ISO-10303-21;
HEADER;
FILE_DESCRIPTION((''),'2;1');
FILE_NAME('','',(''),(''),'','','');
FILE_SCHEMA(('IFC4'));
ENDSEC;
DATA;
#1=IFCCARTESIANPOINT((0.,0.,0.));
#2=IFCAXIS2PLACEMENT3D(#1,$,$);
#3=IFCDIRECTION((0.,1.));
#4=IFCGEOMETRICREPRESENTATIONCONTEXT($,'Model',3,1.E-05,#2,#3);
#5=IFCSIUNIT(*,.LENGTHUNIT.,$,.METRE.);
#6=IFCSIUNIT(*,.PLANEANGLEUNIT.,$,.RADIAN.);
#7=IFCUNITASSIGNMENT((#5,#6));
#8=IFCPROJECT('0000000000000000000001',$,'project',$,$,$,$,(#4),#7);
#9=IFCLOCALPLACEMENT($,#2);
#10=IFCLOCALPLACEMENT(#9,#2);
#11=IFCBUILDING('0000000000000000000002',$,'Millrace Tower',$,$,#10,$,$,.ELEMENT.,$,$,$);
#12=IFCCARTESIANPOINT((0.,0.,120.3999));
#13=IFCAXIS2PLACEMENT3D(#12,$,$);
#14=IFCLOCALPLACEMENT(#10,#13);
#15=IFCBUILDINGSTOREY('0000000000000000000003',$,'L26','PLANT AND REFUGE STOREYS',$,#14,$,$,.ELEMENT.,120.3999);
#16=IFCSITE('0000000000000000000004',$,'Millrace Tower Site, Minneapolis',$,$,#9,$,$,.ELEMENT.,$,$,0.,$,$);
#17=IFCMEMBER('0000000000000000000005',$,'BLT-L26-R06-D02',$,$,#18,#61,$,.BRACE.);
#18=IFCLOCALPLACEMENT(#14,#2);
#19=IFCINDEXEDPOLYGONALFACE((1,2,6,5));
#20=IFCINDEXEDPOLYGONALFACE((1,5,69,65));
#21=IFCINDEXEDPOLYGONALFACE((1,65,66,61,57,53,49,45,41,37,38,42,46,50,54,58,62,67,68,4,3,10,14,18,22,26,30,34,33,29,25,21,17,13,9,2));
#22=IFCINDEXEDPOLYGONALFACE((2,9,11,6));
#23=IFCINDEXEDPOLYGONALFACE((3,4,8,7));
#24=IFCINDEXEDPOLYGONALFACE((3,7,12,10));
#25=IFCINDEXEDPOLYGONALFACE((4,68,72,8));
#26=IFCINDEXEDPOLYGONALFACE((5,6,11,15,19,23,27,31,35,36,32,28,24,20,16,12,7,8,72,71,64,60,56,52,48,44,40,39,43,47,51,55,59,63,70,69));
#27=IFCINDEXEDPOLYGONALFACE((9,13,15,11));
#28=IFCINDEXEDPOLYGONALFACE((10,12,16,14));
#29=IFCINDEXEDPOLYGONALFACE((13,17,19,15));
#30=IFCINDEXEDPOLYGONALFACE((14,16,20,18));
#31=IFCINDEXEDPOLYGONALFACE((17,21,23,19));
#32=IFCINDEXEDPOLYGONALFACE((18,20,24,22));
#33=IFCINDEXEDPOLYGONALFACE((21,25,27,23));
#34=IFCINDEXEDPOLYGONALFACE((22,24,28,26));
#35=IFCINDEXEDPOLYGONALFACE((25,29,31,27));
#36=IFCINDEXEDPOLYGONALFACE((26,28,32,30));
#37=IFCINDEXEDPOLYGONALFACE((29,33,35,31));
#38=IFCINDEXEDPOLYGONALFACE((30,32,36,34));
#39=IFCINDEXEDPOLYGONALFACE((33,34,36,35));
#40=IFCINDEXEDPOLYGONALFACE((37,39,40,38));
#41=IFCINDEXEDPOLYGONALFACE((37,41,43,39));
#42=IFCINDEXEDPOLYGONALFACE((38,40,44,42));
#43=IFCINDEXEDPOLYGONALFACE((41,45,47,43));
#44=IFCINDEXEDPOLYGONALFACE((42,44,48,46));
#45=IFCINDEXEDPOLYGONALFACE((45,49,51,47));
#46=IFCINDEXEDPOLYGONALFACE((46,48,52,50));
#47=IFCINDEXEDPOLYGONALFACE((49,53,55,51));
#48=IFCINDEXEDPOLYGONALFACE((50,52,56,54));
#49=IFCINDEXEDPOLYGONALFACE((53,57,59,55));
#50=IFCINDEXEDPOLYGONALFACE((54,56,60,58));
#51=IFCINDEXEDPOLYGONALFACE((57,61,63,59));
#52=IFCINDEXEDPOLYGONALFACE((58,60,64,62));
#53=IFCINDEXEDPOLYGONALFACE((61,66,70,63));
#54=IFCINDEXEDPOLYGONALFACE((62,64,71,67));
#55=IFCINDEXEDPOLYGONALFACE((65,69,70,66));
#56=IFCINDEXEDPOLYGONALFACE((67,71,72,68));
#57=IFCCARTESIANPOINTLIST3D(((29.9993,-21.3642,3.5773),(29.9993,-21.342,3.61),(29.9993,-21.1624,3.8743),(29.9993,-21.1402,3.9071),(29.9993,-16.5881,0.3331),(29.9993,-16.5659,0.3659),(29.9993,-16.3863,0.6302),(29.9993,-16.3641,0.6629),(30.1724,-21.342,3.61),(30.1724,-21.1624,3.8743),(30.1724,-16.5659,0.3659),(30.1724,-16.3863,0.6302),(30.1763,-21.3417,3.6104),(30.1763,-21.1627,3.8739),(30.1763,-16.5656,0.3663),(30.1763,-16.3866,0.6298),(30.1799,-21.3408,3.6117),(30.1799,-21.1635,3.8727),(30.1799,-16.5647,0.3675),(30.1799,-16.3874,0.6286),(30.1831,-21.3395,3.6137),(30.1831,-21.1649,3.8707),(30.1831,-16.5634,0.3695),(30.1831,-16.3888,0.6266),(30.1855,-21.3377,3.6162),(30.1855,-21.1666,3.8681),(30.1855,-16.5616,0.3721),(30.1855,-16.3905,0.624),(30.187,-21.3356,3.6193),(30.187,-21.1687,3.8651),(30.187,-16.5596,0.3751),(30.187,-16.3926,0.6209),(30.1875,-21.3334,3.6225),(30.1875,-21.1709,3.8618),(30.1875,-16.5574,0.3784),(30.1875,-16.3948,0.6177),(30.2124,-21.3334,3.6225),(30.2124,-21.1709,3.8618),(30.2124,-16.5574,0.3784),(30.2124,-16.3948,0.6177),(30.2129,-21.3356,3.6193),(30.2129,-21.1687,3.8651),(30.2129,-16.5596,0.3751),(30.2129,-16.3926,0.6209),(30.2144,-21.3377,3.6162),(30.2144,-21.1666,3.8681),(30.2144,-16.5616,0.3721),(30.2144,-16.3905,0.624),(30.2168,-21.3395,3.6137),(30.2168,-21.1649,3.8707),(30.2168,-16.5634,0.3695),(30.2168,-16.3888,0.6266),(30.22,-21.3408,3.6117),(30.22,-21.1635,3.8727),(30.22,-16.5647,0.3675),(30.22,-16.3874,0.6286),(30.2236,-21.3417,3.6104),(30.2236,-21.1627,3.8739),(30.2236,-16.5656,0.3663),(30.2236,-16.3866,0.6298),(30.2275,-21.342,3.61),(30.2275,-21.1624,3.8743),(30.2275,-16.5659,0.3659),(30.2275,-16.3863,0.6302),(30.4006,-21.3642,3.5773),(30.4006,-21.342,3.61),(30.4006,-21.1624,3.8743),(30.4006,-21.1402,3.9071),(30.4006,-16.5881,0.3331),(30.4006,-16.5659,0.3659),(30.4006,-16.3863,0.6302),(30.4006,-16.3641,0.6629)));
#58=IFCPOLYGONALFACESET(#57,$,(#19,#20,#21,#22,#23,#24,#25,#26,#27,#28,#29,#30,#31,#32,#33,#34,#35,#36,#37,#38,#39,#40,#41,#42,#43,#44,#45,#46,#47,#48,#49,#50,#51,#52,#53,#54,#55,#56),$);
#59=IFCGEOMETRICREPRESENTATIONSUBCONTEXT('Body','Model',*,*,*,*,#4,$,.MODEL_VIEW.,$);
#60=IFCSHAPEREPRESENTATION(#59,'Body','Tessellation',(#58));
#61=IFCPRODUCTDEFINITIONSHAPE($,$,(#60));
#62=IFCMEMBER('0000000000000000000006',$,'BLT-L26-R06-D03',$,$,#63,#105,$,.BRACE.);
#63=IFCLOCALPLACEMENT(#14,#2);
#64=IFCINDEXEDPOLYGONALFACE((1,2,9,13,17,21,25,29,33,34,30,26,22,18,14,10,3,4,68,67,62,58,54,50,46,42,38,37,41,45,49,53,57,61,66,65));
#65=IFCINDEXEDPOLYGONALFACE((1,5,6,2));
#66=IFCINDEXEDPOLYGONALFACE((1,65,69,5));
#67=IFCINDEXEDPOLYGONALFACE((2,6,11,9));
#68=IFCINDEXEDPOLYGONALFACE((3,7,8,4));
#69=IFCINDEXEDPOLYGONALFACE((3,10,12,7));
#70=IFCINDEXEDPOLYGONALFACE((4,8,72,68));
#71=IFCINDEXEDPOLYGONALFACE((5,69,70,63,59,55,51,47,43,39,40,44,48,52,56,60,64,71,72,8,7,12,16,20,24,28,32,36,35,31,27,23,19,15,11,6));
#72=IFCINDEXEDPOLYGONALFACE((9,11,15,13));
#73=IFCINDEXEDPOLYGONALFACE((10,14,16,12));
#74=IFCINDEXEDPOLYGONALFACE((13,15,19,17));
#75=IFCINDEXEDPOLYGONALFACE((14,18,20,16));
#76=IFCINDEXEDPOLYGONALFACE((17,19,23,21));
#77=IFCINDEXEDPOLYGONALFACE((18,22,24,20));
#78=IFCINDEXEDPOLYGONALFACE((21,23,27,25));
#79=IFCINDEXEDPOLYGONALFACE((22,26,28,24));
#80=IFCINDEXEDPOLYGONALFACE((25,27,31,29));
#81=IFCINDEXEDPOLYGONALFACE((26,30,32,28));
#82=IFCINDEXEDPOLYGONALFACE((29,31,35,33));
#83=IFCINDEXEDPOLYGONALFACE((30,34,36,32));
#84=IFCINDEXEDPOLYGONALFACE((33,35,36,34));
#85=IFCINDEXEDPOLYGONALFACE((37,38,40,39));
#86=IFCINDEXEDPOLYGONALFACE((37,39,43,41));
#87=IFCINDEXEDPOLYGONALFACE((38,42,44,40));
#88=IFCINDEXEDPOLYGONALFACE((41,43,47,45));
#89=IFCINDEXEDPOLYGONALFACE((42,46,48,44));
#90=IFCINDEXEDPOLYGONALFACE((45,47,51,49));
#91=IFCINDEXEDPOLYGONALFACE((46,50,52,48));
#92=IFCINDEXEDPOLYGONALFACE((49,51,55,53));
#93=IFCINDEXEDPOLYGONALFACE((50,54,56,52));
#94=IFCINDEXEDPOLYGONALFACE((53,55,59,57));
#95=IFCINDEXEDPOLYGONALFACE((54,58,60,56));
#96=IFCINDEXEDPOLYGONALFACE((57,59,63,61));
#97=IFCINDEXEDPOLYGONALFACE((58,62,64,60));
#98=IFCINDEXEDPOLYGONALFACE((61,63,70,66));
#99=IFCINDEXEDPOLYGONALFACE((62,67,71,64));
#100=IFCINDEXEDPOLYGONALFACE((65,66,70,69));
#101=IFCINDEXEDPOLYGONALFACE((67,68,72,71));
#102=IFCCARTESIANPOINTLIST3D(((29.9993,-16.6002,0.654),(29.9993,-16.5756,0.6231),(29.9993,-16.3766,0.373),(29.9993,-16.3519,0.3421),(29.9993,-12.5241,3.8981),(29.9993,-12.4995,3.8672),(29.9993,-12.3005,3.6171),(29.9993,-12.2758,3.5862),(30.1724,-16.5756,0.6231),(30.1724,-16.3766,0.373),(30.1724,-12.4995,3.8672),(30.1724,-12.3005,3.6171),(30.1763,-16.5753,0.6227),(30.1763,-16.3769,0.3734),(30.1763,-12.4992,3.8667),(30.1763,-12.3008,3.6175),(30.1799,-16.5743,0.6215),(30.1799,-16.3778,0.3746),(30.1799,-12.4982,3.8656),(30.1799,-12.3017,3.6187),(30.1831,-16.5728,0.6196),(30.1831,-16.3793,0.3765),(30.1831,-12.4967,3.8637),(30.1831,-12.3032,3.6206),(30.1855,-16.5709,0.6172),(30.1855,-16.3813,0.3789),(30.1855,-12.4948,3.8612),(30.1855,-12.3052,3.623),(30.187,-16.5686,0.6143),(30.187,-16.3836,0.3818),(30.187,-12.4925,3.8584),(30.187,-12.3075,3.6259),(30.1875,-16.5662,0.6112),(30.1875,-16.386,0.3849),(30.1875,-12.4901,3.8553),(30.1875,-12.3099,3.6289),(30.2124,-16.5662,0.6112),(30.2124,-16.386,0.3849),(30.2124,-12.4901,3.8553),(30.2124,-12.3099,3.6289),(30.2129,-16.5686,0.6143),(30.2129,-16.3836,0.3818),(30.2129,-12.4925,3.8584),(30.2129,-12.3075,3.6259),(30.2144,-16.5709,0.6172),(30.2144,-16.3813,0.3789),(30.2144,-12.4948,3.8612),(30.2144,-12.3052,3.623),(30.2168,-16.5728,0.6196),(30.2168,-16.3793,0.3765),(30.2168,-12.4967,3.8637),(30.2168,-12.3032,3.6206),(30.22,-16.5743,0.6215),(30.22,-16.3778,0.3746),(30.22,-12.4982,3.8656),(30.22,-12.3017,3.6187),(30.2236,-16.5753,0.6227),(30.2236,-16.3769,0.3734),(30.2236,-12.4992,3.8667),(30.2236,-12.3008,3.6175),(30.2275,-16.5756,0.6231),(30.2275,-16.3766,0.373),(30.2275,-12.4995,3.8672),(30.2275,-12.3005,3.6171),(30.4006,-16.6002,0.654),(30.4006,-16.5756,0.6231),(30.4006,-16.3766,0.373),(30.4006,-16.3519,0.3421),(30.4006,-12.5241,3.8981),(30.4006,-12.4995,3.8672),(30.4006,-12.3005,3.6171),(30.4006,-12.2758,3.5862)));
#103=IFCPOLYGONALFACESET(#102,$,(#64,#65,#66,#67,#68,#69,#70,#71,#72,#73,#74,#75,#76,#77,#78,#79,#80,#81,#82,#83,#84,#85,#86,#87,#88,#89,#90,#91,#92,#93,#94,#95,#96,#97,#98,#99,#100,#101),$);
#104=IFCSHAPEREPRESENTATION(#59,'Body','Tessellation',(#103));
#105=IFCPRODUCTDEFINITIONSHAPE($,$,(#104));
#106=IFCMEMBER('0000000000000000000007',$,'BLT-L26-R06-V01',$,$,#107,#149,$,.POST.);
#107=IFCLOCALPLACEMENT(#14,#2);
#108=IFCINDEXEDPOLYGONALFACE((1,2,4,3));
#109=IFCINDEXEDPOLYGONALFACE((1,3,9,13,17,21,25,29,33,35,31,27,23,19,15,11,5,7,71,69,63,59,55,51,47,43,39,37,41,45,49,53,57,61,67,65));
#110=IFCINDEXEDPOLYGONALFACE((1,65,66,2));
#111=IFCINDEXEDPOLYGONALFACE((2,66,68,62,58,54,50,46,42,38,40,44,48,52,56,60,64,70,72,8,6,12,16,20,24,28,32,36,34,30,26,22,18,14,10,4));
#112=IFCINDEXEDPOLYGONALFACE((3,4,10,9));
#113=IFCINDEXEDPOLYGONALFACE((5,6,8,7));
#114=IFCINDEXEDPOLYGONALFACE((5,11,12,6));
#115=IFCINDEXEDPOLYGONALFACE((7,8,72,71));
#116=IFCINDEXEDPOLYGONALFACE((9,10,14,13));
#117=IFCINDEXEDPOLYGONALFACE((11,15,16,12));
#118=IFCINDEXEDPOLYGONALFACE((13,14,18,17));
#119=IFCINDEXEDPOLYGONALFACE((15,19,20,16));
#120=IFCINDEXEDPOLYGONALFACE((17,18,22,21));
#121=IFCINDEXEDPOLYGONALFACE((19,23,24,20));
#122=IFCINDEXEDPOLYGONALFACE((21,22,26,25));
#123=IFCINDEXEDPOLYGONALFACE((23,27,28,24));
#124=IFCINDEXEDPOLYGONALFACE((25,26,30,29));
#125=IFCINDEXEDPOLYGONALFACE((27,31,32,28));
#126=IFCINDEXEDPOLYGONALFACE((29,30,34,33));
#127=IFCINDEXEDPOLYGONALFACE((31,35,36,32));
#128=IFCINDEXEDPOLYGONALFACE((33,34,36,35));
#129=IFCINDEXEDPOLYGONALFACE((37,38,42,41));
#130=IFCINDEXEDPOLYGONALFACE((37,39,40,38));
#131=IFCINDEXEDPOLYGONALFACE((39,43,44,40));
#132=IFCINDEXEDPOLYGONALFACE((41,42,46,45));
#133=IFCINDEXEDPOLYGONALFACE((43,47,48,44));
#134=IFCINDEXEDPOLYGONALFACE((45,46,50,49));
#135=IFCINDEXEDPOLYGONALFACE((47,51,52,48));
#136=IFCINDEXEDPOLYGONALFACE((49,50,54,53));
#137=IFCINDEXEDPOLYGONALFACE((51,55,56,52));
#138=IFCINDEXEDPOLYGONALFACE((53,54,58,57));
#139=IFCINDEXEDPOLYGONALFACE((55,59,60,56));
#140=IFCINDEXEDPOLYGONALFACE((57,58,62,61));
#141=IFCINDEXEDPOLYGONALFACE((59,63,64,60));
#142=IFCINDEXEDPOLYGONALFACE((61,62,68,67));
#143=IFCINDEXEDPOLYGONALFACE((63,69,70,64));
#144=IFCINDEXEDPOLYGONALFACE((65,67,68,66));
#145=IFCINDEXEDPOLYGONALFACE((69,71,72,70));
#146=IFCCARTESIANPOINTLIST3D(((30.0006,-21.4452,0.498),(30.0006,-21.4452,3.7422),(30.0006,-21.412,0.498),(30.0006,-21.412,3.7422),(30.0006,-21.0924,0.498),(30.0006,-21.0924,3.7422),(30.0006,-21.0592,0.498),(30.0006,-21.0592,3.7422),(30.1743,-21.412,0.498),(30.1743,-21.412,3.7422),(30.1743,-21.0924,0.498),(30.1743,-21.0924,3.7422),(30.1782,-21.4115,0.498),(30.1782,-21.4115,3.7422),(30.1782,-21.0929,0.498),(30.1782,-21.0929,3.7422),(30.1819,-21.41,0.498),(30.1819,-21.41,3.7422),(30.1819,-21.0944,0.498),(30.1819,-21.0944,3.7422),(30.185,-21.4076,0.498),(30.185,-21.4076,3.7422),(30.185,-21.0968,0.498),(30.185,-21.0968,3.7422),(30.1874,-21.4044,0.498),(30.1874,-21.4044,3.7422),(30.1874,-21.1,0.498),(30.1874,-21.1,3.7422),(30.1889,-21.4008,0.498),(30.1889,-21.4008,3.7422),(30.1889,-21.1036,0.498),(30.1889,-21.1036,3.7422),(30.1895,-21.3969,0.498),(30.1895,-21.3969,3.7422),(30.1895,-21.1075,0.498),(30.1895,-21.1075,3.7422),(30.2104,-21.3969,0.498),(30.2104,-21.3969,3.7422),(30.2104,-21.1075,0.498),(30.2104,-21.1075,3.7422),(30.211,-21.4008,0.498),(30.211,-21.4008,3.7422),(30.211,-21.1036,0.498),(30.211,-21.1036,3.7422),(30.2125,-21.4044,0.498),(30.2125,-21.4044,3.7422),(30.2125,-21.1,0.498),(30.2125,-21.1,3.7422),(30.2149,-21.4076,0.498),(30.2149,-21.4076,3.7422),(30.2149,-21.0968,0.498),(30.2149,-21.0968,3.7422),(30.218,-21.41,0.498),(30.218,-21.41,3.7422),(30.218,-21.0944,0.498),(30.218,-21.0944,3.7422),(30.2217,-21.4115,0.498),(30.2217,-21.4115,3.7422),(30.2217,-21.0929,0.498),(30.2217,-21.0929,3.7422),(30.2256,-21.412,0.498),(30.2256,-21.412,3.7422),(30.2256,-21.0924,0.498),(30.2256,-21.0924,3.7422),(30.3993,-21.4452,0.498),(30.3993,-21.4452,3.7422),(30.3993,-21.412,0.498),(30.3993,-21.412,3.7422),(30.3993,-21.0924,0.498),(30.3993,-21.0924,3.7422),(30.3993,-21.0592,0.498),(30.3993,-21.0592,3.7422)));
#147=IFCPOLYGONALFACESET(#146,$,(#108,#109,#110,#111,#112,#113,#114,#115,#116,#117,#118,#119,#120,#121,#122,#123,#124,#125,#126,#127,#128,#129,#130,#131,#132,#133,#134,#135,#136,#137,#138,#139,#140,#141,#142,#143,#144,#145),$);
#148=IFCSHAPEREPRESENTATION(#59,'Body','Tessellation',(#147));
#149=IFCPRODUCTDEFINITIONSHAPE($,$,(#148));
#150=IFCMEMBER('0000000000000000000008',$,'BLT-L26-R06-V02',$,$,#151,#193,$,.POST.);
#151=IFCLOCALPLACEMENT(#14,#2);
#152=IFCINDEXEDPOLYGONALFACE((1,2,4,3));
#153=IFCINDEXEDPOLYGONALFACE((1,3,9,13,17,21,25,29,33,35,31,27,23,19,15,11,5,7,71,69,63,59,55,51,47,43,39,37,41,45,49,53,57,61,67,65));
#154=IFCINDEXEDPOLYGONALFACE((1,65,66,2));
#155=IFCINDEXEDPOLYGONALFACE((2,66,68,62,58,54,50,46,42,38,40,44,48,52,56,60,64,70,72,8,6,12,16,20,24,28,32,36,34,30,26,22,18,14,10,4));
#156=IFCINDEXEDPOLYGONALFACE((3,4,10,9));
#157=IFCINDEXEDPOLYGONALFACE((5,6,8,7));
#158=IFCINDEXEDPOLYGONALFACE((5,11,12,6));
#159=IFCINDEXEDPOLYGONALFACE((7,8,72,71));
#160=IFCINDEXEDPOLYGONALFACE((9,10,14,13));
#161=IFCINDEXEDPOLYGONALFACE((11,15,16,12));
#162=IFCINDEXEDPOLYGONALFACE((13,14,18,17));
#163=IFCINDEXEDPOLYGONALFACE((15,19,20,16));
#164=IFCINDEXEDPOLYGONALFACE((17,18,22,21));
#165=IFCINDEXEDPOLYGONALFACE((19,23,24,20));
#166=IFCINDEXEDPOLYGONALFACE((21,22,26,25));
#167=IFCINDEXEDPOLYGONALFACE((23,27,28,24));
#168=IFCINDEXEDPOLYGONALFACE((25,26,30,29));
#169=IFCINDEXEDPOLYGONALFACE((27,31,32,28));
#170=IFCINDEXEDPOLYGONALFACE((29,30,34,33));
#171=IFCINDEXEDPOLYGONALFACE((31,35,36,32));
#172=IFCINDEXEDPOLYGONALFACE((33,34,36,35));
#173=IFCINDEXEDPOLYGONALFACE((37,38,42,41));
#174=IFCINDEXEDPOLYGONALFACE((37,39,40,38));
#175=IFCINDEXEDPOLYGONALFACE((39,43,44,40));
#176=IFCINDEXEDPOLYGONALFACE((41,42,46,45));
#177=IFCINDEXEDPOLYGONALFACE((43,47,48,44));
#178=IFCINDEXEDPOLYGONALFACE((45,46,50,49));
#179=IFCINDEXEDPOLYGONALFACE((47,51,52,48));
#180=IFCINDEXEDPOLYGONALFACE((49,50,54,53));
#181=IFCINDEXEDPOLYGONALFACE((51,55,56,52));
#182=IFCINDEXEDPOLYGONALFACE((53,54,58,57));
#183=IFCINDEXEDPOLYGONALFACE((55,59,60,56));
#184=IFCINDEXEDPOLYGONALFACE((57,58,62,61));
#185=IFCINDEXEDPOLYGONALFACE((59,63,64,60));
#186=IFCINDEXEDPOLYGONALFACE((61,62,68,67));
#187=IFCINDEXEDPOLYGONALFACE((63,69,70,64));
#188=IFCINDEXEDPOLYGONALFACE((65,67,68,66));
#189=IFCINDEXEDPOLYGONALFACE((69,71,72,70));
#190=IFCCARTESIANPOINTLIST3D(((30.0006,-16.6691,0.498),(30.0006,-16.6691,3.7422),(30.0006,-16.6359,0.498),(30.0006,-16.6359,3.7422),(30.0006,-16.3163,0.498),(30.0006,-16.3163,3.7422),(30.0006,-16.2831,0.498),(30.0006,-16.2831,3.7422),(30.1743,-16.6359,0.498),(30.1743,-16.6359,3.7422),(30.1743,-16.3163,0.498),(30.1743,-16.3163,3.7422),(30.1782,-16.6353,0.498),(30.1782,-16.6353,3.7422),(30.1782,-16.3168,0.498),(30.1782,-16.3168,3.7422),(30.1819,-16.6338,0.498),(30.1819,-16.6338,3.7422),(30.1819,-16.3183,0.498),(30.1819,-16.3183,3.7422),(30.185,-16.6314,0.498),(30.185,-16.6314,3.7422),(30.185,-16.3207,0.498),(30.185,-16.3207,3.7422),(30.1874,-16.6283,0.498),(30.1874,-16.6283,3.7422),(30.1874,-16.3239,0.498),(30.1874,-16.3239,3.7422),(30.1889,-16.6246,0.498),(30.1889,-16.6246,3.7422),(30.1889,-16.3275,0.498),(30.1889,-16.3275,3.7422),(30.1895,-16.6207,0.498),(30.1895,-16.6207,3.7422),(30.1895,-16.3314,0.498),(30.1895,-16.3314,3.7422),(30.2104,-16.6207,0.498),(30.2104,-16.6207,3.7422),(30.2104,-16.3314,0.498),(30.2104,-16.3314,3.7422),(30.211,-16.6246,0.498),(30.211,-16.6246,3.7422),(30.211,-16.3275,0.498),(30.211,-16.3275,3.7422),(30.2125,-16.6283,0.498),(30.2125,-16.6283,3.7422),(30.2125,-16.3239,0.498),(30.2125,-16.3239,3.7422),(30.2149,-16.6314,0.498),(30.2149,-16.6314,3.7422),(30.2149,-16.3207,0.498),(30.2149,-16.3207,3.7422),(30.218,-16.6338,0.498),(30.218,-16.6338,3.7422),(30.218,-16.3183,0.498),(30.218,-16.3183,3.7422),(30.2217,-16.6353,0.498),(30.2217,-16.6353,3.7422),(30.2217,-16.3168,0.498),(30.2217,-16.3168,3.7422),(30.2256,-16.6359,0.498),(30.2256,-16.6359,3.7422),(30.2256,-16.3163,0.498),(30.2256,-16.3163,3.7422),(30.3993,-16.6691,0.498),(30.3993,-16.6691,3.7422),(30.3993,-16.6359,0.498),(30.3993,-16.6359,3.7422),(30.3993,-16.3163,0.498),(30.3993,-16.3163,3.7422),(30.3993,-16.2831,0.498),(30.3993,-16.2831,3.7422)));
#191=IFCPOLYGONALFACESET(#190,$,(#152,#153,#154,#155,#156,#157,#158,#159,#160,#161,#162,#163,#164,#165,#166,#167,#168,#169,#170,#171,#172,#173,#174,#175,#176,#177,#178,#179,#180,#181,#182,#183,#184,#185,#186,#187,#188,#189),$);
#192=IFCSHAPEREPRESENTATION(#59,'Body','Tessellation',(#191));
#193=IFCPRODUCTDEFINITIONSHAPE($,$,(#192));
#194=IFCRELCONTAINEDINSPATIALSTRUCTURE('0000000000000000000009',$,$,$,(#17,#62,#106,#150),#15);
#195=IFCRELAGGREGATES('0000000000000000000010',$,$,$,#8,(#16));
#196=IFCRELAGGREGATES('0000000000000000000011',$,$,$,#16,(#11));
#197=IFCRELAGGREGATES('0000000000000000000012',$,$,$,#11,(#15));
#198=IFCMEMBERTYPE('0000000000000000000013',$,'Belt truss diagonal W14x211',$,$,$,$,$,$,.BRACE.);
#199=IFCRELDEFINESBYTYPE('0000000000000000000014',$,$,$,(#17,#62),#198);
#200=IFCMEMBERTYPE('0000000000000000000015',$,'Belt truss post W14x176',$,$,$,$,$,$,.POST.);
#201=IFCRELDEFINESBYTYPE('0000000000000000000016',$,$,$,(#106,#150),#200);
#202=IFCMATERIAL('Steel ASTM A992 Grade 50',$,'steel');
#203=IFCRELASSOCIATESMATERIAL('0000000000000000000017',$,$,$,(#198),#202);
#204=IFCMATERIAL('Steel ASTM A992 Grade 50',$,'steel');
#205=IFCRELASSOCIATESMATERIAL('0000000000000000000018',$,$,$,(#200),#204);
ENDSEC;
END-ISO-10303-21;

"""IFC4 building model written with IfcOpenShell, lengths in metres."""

from ifc_helpers import new_model, si_unit, direction, frame, origin, origin_2d, place, context, subcontext, project, spatial, i_section, extrude, material, material_profile, profile_set, type_object, element, save


model = new_model("IFC4")

# Units and contexts
model_context = context("Model", 3, precision=1e-05, world=origin(), true_north=direction((0.0, 1.0)))
body_context = subcontext(model_context, "Body", "Model", "MODEL_VIEW")
ifc_project = project(units=[si_unit("LENGTHUNIT", "METRE"), si_unit("PLANEANGLEUNIT", "RADIAN")], contexts=[model_context])

# Site, building, storey
site_placement = place(None, origin())
site = spatial("IfcSite", under=ifc_project, at=site_placement, Name="Millrace Tower Site, Minneapolis", CompositionType="ELEMENT", RefElevation=0.0)
building_placement = place(site_placement, origin())
building = spatial("IfcBuilding", under=site, at=building_placement, Name="Millrace Tower", CompositionType="ELEMENT")
storey_placement = place(building_placement, frame((0.0, 0.0, 120.3999)))
storey = spatial("IfcBuildingStorey", under=building, at=storey_placement, Name="L26", Description="PLANT AND REFUGE STOREYS", CompositionType="ELEMENT", Elevation=120.3999)

# Members
ifc_material_1 = material(Name="Steel ASTM A992 Grade 50", Category="steel")
ifc_material_profile_1 = material_profile(ifc_material_1, i_section(OverallWidth=0.4014, OverallDepth=0.3987, WebThickness=0.0249, FlangeThickness=0.0396, FilletRadius=0.0151, at=origin_2d()))
ifc_profile_set_1 = profile_set([ifc_material_profile_1], Name="Steel ASTM A992 Grade 50")
member_type_1 = type_object("IfcMemberType", Name="Belt truss diagonal W14x211", PredefinedType="BRACE", material=ifc_profile_set_1)
member_1_placement = place(storey_placement, frame((30.2, -16.4761, 0.498), z_axis=(0.0, -0.827218, 0.561881), x_axis=(1.0, 0.0, 0.0)))
element("IfcMember", 1, at=member_1_placement, inside=storey, type_object=member_type_1, Name="BLT-L26-R06-D02", PredefinedType="BRACE", context=body_context, shape_type="SweptSolid", body=[
    extrude(i_section(OverallWidth=0.4014, OverallDepth=0.3987, WebThickness=0.0249, FlangeThickness=0.0396, FilletRadius=0.0151, at=origin_2d()), origin(), (0.0, 0.0, 1.0), 5.7737),
])
member_2_placement = place(storey_placement, frame((30.2, -16.4761, 0.498), z_axis=(0.0, 0.782439, 0.622727), x_axis=(-1.0, 0.0, 0.0)))
element("IfcMember", 2, at=member_2_placement, inside=storey, type_object=member_type_1, Name="BLT-L26-R06-D03", PredefinedType="BRACE", context=body_context, shape_type="SweptSolid", body=[
    extrude(i_section(OverallWidth=0.4014, OverallDepth=0.3987, WebThickness=0.0249, FlangeThickness=0.0396, FilletRadius=0.0151, at=origin_2d()), origin(), (0.0, 0.0, 1.0), 5.2095),
])
ifc_material_2 = material(Name="Steel ASTM A992 Grade 50", Category="steel")
ifc_material_profile_2 = material_profile(ifc_material_2, i_section(OverallWidth=0.3987, OverallDepth=0.386, WebThickness=0.021, FlangeThickness=0.0332, FilletRadius=0.0151, at=origin_2d()))
ifc_profile_set_2 = profile_set([ifc_material_profile_2], Name="Steel ASTM A992 Grade 50")
member_type_2 = type_object("IfcMemberType", Name="Belt truss post W14x176", PredefinedType="POST", material=ifc_profile_set_2)
for number, where, z_axis, x_axis, name in (
    (3, (30.2, -21.2522, 0.498), (0.0, 0.0, 1.0), (1.0, 0.0, 0.0), "BLT-L26-R06-V01"),
    (4, (30.2, -16.4761, 0.498), (0.0, 0.0, 1.0), (1.0, 0.0, 0.0), "BLT-L26-R06-V02"),
):
    element("IfcMember", number, at=place(storey_placement, frame(where, z_axis=z_axis, x_axis=x_axis)), inside=storey, type_object=member_type_2, Name=name, PredefinedType="POST", context=body_context, shape_type="SweptSolid", body=[
        extrude(i_section(OverallWidth=0.3987, OverallDepth=0.386, WebThickness=0.021, FlangeThickness=0.0332, FilletRadius=0.0151, at=origin_2d()), origin(), (0.0, 0.0, 1.0), 3.2441),
    ])

save(model, "model.ifc")
